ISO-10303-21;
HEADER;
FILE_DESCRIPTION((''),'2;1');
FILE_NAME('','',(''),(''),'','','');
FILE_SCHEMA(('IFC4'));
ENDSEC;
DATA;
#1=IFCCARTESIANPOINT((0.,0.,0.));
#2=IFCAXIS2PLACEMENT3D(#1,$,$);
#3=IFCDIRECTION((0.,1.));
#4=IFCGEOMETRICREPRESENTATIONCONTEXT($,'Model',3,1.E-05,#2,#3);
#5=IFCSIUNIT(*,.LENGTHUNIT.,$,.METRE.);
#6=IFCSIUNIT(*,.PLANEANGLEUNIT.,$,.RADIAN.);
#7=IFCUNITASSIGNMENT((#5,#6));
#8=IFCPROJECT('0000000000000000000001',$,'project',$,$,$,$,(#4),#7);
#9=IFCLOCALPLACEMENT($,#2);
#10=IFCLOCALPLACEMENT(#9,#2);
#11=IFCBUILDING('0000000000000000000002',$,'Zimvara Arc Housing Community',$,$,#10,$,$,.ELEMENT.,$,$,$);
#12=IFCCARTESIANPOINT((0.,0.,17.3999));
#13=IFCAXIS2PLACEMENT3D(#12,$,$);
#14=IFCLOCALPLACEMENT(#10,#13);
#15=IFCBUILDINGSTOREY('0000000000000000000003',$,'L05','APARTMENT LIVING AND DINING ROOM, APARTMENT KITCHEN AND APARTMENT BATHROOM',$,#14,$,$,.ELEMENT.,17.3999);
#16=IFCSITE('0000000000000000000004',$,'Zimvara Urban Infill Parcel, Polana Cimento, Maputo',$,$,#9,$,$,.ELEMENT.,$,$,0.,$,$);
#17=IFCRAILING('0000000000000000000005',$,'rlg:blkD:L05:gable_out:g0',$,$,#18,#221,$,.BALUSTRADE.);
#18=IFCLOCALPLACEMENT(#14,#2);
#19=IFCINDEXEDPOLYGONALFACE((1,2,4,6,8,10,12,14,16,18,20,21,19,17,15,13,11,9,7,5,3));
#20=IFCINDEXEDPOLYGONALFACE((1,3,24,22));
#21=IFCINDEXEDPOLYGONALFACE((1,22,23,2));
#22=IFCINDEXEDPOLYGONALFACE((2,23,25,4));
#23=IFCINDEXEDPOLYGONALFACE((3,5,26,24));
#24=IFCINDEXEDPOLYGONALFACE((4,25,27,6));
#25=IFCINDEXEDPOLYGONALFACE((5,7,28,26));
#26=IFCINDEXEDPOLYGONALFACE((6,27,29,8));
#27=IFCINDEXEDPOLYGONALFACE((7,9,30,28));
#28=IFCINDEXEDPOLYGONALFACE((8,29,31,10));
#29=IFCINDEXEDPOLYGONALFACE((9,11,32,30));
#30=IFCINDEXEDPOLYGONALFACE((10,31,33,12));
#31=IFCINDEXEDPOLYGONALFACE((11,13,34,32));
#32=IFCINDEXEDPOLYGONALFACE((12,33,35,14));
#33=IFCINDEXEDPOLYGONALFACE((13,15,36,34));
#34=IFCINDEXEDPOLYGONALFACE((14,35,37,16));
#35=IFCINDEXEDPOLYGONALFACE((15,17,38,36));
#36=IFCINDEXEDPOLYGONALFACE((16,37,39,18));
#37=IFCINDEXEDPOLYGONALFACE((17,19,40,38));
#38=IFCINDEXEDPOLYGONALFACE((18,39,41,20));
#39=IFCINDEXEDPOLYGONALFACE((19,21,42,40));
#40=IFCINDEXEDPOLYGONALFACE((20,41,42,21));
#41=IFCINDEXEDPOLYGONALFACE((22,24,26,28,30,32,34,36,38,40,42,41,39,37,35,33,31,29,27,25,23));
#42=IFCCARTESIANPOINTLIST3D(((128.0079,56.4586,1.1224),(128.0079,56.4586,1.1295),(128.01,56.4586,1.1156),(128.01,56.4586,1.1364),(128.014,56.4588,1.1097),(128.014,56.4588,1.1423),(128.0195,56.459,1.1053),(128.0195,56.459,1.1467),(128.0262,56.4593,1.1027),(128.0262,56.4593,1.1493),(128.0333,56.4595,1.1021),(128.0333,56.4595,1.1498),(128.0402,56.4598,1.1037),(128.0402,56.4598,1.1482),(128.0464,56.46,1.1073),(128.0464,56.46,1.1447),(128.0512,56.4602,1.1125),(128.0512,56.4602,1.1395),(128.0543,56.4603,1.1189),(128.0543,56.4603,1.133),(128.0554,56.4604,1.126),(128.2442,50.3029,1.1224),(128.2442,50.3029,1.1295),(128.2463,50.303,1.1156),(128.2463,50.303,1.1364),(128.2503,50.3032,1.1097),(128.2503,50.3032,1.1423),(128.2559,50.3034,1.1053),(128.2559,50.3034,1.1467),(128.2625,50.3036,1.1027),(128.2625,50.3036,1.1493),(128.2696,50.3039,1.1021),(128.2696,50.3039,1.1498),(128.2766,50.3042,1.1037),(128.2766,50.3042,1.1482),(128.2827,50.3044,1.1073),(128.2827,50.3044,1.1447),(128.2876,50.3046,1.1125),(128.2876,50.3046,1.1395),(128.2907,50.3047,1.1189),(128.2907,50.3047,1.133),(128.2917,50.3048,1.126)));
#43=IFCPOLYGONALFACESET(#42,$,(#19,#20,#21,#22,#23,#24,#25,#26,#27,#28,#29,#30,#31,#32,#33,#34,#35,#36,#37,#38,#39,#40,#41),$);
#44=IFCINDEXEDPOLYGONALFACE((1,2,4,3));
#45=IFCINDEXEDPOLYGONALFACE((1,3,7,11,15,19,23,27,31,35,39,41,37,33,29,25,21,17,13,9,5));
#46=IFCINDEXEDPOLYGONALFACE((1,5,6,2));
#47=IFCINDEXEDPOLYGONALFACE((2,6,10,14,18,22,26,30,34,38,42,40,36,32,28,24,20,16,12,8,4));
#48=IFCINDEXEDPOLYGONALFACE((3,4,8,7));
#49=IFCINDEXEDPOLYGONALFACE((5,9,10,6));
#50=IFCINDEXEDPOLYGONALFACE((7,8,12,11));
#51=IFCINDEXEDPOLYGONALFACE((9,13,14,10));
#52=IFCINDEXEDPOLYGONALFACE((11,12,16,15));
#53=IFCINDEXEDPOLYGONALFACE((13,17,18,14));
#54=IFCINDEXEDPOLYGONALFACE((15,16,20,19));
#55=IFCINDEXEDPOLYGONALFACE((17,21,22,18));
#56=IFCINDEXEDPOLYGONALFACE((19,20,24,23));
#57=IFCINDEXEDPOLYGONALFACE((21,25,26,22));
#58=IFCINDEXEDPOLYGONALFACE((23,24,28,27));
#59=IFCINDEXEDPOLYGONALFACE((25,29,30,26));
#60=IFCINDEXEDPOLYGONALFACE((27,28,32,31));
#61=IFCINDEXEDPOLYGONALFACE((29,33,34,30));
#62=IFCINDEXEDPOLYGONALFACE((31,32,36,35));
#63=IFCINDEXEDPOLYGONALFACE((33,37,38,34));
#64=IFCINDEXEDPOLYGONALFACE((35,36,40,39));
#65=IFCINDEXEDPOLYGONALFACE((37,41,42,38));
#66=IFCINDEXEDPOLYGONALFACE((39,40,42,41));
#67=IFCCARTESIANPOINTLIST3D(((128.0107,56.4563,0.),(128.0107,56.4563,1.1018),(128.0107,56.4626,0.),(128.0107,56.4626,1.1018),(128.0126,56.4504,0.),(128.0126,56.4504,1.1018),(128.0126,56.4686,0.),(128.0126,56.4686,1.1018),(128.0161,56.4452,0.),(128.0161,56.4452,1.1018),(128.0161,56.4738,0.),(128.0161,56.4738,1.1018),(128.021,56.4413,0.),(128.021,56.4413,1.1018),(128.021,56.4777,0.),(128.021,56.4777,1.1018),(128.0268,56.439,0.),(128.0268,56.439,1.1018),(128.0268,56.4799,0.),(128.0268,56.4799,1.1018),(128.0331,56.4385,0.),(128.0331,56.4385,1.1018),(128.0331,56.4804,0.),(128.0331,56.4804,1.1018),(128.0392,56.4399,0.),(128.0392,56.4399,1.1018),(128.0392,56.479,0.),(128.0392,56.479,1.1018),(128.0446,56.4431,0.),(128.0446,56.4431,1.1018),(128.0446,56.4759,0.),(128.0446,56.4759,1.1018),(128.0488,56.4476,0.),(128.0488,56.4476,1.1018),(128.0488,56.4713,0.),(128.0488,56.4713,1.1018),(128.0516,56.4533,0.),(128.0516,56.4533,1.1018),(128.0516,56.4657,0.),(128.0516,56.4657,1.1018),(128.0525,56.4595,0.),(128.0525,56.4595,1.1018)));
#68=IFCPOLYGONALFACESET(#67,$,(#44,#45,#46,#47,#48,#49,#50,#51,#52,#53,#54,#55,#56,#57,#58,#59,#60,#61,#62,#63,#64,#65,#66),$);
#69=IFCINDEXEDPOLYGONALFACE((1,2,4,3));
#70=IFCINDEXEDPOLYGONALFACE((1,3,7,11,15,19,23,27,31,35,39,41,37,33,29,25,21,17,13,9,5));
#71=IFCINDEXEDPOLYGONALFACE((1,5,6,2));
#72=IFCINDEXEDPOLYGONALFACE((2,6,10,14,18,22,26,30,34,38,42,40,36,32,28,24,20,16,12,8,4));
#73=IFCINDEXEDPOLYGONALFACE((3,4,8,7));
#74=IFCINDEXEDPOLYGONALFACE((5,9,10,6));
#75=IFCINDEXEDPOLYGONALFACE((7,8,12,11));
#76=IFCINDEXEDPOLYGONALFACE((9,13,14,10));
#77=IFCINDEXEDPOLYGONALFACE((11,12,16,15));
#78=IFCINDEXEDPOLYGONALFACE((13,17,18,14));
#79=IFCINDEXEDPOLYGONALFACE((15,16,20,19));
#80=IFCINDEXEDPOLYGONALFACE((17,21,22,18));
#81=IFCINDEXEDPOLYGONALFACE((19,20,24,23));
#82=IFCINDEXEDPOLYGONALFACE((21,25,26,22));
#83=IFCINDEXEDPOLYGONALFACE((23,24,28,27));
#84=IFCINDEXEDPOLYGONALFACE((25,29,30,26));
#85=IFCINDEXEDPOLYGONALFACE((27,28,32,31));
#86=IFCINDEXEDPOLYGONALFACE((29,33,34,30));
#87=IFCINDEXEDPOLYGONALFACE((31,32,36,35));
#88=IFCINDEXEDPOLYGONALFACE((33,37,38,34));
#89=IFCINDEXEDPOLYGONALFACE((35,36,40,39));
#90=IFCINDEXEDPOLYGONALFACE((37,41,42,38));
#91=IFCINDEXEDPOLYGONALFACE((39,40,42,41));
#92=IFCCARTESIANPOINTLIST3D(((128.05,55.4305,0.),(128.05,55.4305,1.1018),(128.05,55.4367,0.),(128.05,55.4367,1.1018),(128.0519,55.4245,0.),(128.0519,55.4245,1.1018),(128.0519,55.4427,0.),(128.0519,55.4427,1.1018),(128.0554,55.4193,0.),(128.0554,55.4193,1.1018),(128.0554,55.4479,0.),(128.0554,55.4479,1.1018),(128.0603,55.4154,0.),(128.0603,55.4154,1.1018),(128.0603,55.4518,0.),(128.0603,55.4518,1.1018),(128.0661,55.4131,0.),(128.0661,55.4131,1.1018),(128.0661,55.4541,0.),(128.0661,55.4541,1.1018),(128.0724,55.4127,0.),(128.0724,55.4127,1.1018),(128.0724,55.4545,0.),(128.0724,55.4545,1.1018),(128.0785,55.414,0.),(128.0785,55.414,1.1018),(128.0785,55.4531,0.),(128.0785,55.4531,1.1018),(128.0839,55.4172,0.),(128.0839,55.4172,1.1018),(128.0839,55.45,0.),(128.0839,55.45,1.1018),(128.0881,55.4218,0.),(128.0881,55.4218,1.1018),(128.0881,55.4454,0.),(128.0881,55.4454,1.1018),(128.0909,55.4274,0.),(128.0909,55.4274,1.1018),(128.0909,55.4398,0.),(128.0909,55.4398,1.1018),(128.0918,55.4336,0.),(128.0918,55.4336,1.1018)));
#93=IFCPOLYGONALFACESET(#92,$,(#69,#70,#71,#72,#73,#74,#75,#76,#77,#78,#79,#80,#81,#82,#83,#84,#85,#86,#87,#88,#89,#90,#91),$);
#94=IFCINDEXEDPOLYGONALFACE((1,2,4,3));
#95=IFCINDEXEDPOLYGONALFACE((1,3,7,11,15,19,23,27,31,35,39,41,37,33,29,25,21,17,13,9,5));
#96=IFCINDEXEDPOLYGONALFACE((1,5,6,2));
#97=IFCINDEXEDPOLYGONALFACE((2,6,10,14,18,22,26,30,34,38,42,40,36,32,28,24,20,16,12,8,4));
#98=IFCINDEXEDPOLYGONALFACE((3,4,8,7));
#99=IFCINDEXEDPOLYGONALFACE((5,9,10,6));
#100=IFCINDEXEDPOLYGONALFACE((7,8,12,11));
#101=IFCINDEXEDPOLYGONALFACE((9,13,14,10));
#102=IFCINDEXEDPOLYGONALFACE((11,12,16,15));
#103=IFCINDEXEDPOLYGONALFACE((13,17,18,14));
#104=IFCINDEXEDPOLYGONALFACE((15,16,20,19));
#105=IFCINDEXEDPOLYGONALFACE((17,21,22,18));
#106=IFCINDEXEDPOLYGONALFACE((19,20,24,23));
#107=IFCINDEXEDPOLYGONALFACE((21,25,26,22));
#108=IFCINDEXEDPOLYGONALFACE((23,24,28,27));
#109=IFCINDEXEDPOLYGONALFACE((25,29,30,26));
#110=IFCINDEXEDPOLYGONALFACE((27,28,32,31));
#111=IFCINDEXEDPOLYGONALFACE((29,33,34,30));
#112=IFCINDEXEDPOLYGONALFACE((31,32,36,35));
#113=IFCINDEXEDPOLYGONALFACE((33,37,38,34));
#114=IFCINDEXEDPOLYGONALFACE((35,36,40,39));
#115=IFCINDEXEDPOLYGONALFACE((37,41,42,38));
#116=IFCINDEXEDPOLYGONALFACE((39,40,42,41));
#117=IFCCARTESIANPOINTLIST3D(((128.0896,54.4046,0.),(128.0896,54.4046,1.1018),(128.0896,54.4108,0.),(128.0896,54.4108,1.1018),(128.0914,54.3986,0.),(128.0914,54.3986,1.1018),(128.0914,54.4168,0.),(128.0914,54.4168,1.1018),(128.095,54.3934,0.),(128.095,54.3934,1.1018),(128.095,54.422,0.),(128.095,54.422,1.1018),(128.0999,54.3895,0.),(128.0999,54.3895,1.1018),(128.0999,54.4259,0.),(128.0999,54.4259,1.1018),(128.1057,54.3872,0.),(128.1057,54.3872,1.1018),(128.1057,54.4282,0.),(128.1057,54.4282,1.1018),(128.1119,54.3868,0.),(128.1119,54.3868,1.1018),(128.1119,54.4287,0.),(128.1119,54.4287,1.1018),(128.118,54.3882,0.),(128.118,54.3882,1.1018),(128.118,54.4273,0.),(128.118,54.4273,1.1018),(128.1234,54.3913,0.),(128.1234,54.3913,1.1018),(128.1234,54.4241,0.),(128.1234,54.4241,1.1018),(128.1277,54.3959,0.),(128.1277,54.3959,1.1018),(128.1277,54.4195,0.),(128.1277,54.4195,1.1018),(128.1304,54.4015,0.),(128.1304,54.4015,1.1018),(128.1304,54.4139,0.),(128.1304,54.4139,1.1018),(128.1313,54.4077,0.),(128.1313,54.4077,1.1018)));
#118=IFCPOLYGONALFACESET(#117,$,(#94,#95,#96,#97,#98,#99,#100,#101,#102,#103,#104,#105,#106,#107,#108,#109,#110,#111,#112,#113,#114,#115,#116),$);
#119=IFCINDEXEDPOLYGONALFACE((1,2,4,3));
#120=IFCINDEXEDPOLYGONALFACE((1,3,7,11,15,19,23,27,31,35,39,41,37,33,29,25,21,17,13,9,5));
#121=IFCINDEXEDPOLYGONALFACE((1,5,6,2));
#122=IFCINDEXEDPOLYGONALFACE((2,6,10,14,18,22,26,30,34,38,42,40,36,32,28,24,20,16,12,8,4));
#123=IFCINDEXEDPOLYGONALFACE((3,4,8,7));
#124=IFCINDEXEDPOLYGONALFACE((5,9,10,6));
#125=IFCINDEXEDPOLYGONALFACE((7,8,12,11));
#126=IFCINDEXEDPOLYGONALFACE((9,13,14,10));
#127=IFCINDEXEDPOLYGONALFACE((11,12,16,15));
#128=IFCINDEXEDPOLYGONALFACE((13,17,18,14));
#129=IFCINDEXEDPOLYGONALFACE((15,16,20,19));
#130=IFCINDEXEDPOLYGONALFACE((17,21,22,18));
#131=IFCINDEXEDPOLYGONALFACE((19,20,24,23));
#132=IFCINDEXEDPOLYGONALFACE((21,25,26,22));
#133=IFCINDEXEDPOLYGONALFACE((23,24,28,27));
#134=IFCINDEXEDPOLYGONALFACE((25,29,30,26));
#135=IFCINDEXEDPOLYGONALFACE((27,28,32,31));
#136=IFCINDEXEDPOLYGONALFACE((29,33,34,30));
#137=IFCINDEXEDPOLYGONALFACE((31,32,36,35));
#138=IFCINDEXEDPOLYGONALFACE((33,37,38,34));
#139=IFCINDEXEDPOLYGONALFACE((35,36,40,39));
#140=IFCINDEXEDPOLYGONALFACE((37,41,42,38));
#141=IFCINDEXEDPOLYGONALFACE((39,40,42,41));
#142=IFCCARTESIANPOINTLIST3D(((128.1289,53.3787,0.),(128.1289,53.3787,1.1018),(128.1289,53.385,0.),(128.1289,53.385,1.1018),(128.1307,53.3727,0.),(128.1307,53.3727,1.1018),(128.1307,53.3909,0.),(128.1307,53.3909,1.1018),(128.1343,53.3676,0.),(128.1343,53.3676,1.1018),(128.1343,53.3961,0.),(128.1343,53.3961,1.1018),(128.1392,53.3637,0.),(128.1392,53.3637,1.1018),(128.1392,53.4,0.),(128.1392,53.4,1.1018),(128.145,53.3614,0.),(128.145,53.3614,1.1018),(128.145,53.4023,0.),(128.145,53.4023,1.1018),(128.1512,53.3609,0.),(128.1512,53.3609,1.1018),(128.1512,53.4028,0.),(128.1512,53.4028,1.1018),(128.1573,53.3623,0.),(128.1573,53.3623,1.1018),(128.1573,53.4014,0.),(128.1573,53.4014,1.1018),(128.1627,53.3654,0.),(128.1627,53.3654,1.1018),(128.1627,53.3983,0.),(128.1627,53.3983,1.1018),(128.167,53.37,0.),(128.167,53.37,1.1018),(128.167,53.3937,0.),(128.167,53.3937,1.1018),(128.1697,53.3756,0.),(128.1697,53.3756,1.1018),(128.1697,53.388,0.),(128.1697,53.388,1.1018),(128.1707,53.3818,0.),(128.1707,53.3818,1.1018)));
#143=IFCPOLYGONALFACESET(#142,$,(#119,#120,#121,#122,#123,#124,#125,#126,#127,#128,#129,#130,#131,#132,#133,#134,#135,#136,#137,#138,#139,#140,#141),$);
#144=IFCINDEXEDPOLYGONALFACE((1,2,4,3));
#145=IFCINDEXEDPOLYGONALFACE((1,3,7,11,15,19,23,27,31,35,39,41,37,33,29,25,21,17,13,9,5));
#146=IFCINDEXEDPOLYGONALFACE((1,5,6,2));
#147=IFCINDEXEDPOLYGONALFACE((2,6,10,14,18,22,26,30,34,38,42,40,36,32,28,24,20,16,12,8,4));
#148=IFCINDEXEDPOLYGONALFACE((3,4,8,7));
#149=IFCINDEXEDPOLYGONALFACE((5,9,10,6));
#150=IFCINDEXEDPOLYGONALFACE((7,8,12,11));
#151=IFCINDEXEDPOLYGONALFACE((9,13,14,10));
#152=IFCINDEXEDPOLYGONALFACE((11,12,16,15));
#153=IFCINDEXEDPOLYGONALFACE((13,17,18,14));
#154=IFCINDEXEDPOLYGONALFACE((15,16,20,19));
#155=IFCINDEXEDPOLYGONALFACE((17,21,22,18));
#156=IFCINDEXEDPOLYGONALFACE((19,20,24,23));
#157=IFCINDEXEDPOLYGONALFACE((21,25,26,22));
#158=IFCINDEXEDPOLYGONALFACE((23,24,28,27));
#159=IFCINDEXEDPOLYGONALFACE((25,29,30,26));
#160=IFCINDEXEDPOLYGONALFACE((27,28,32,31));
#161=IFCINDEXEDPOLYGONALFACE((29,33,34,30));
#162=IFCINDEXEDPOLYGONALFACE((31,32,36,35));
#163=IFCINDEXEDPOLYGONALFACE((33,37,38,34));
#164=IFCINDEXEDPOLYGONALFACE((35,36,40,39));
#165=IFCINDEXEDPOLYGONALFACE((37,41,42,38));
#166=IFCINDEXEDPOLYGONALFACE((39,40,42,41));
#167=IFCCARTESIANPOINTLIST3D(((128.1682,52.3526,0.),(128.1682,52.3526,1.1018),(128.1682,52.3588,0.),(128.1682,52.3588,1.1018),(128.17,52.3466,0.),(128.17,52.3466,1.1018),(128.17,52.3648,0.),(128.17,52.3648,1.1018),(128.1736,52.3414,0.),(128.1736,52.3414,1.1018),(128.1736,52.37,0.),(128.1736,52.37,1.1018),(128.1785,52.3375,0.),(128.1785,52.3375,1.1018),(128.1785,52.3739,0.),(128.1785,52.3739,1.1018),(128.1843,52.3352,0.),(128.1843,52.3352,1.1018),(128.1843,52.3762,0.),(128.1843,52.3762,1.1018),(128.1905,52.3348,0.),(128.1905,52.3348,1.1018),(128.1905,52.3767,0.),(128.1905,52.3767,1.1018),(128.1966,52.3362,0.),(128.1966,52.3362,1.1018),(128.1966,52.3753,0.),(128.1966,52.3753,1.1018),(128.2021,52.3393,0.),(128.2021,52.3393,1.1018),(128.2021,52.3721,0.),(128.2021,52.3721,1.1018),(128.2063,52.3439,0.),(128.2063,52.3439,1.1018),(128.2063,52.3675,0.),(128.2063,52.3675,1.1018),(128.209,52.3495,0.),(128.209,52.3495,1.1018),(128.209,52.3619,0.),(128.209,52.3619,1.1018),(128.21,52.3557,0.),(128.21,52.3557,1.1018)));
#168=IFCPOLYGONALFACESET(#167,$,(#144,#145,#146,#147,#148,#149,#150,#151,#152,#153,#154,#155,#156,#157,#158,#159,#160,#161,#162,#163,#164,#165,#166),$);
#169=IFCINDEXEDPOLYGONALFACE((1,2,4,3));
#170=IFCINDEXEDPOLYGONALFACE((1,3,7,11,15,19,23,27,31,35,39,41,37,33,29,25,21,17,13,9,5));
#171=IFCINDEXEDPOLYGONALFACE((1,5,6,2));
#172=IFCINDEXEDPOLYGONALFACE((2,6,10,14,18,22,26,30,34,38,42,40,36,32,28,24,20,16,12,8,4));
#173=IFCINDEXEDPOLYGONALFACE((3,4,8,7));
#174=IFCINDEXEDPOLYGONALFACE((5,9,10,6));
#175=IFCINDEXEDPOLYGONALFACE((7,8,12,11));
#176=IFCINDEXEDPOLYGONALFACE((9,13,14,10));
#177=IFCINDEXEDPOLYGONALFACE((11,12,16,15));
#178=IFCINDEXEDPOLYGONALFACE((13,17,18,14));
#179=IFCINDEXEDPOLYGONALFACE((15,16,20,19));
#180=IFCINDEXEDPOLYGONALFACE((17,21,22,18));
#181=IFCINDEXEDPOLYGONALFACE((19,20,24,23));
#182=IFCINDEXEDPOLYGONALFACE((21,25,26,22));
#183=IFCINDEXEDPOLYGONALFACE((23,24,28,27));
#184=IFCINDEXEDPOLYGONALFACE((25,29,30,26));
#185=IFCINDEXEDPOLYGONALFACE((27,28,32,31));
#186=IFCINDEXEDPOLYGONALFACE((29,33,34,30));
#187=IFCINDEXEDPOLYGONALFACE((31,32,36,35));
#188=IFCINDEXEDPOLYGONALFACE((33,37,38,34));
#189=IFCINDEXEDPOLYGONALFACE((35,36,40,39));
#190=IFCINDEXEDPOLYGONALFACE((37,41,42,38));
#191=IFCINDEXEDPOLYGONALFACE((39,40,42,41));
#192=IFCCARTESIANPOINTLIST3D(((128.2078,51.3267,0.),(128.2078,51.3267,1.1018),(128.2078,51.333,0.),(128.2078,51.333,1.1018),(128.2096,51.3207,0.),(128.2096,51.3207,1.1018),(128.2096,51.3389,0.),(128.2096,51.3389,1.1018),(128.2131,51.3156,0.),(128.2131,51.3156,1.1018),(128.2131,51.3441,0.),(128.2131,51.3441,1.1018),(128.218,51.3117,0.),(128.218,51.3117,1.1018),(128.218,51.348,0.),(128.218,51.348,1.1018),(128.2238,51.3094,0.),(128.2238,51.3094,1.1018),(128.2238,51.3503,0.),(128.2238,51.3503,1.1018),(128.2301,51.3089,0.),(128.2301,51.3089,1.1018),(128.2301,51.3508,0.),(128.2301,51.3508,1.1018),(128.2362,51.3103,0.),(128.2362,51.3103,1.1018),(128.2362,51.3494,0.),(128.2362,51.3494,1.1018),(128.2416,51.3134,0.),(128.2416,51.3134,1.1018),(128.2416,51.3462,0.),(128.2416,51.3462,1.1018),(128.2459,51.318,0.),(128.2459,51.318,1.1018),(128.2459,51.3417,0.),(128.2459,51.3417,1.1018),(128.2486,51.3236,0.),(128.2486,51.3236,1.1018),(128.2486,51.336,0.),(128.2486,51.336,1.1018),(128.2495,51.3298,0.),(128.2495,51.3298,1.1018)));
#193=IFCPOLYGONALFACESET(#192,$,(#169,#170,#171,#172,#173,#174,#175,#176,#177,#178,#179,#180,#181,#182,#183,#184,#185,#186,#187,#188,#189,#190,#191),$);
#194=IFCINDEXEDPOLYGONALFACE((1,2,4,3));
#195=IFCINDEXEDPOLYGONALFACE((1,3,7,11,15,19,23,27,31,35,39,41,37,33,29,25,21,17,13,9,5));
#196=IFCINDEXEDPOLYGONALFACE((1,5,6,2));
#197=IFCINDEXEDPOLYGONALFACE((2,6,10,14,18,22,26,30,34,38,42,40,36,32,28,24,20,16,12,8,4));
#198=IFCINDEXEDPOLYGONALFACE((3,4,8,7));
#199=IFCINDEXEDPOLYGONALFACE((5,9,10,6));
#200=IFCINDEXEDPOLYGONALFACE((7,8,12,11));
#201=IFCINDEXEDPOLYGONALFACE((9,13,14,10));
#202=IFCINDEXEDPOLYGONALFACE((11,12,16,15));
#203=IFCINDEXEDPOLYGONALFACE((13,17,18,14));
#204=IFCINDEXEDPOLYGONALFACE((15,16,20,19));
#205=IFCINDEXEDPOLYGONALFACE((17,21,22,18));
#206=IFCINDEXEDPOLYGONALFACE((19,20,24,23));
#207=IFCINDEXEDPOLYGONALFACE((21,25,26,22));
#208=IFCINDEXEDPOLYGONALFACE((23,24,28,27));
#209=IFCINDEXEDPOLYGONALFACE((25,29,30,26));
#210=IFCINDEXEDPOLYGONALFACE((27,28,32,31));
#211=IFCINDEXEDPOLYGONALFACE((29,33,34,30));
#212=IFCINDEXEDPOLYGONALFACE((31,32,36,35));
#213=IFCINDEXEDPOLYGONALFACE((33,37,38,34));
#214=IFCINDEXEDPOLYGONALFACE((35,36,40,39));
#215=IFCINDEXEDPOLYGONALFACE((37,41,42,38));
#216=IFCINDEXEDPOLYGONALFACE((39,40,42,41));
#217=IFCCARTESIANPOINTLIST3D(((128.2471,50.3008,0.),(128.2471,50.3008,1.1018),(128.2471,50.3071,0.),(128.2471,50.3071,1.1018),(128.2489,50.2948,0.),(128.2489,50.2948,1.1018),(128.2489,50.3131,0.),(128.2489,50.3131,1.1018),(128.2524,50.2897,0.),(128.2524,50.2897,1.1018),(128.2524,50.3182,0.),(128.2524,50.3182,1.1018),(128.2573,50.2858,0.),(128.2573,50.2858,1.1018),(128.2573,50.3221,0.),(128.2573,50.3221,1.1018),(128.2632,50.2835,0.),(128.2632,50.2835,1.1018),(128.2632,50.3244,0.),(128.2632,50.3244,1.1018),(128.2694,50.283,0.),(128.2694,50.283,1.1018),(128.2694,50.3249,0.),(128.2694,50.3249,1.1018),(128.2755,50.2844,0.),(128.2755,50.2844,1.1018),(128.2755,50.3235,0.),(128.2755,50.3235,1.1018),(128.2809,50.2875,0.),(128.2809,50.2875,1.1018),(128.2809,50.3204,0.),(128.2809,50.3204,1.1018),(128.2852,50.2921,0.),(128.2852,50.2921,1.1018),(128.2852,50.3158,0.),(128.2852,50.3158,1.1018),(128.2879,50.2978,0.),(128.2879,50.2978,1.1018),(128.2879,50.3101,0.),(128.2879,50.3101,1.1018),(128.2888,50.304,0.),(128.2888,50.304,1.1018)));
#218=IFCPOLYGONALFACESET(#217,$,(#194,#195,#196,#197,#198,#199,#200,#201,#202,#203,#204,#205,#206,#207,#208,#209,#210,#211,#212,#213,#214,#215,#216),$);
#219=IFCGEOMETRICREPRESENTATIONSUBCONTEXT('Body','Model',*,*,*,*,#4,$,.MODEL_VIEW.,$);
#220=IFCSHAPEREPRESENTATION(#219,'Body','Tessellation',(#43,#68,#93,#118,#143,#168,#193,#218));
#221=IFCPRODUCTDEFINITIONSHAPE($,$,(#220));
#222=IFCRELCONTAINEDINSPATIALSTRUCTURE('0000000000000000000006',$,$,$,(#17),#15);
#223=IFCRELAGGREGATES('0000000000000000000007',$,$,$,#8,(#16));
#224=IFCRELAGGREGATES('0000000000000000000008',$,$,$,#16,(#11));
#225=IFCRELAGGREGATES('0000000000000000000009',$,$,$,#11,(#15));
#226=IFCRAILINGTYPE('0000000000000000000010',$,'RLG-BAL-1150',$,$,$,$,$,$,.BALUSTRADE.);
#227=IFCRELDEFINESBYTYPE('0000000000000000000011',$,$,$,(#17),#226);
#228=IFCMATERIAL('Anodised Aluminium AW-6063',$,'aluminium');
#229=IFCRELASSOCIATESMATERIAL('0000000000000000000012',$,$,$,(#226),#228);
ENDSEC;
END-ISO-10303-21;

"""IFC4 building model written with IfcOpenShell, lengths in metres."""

from ifc_helpers import new_model, si_unit, direction, frame, origin, origin_2d, place, context, subcontext, project, spatial, circle, extrude, material, type_object, element, save


model = new_model("IFC4")

# Units and contexts
model_context = context("Model", 3, precision=1e-05, world=origin(), true_north=direction((0.0, 1.0)))
body_context = subcontext(model_context, "Body", "Model", "MODEL_VIEW")
ifc_project = project(units=[si_unit("LENGTHUNIT", "METRE"), si_unit("PLANEANGLEUNIT", "RADIAN")], contexts=[model_context])

# Site, building, storey
site_placement = place(None, origin())
site = spatial("IfcSite", under=ifc_project, at=site_placement, Name="Zimvara Urban Infill Parcel, Polana Cimento, Maputo", CompositionType="ELEMENT", RefElevation=0.0)
building_placement = place(site_placement, origin())
building = spatial("IfcBuilding", under=site, at=building_placement, Name="Zimvara Arc Housing Community", CompositionType="ELEMENT")
storey_placement = place(building_placement, frame((0.0, 0.0, 17.3999)))
storey = spatial("IfcBuildingStorey", under=building, at=storey_placement, Name="L05", Description="APARTMENT LIVING AND DINING ROOM, APARTMENT KITCHEN AND APARTMENT BATHROOM", CompositionType="ELEMENT", Elevation=17.3999)

# Railing
ifc_material_1 = material(Name="Anodised Aluminium AW-6063", Category="aluminium")
railing_type = type_object("IfcRailingType", Name="RLG-BAL-1150", PredefinedType="BALUSTRADE", material=ifc_material_1)
railing_placement = place(storey_placement, frame((128.0315, 56.4595, 0.0)))
element("IfcRailing", 1, at=railing_placement, inside=storey, type_object=railing_type, Name="rlg:blkD:L05:gable_out:g0", PredefinedType="BALUSTRADE", context=body_context, shape_type="SweptSolid", body=[
    extrude(circle(Radius=0.0239, at=origin_2d()), frame((0.0, 0.0, 1.126), z_axis=(0.038365, -0.999264, 0.0), x_axis=(0.999264, 0.038365, 0.0)), (0.0, 0.0, 1.0), 6.1602),
    extrude(circle(Radius=0.021, at=origin_2d()), origin(), (0.0, 0.0, 1.0), 1.1018),
    extrude(circle(Radius=0.021, at=origin_2d()), frame((0.0393, -1.0259, 0.0)), (0.0, 0.0, 1.0), 1.1018),
    extrude(circle(Radius=0.021, at=origin_2d()), frame((0.0789, -2.0518, 0.0)), (0.0, 0.0, 1.0), 1.1018),
    extrude(circle(Radius=0.021, at=origin_2d()), frame((0.1182, -3.0776, 0.0)), (0.0, 0.0, 1.0), 1.1018),
    extrude(circle(Radius=0.021, at=origin_2d()), frame((0.1575, -4.1038, 0.0)), (0.0, 0.0, 1.0), 1.1018),
    extrude(circle(Radius=0.021, at=origin_2d()), frame((0.197, -5.1296, 0.0)), (0.0, 0.0, 1.0), 1.1018),
    extrude(circle(Radius=0.021, at=origin_2d()), frame((0.2363, -6.1555, 0.0)), (0.0, 0.0, 1.0), 1.1018),
])

save(model, "model.ifc")
